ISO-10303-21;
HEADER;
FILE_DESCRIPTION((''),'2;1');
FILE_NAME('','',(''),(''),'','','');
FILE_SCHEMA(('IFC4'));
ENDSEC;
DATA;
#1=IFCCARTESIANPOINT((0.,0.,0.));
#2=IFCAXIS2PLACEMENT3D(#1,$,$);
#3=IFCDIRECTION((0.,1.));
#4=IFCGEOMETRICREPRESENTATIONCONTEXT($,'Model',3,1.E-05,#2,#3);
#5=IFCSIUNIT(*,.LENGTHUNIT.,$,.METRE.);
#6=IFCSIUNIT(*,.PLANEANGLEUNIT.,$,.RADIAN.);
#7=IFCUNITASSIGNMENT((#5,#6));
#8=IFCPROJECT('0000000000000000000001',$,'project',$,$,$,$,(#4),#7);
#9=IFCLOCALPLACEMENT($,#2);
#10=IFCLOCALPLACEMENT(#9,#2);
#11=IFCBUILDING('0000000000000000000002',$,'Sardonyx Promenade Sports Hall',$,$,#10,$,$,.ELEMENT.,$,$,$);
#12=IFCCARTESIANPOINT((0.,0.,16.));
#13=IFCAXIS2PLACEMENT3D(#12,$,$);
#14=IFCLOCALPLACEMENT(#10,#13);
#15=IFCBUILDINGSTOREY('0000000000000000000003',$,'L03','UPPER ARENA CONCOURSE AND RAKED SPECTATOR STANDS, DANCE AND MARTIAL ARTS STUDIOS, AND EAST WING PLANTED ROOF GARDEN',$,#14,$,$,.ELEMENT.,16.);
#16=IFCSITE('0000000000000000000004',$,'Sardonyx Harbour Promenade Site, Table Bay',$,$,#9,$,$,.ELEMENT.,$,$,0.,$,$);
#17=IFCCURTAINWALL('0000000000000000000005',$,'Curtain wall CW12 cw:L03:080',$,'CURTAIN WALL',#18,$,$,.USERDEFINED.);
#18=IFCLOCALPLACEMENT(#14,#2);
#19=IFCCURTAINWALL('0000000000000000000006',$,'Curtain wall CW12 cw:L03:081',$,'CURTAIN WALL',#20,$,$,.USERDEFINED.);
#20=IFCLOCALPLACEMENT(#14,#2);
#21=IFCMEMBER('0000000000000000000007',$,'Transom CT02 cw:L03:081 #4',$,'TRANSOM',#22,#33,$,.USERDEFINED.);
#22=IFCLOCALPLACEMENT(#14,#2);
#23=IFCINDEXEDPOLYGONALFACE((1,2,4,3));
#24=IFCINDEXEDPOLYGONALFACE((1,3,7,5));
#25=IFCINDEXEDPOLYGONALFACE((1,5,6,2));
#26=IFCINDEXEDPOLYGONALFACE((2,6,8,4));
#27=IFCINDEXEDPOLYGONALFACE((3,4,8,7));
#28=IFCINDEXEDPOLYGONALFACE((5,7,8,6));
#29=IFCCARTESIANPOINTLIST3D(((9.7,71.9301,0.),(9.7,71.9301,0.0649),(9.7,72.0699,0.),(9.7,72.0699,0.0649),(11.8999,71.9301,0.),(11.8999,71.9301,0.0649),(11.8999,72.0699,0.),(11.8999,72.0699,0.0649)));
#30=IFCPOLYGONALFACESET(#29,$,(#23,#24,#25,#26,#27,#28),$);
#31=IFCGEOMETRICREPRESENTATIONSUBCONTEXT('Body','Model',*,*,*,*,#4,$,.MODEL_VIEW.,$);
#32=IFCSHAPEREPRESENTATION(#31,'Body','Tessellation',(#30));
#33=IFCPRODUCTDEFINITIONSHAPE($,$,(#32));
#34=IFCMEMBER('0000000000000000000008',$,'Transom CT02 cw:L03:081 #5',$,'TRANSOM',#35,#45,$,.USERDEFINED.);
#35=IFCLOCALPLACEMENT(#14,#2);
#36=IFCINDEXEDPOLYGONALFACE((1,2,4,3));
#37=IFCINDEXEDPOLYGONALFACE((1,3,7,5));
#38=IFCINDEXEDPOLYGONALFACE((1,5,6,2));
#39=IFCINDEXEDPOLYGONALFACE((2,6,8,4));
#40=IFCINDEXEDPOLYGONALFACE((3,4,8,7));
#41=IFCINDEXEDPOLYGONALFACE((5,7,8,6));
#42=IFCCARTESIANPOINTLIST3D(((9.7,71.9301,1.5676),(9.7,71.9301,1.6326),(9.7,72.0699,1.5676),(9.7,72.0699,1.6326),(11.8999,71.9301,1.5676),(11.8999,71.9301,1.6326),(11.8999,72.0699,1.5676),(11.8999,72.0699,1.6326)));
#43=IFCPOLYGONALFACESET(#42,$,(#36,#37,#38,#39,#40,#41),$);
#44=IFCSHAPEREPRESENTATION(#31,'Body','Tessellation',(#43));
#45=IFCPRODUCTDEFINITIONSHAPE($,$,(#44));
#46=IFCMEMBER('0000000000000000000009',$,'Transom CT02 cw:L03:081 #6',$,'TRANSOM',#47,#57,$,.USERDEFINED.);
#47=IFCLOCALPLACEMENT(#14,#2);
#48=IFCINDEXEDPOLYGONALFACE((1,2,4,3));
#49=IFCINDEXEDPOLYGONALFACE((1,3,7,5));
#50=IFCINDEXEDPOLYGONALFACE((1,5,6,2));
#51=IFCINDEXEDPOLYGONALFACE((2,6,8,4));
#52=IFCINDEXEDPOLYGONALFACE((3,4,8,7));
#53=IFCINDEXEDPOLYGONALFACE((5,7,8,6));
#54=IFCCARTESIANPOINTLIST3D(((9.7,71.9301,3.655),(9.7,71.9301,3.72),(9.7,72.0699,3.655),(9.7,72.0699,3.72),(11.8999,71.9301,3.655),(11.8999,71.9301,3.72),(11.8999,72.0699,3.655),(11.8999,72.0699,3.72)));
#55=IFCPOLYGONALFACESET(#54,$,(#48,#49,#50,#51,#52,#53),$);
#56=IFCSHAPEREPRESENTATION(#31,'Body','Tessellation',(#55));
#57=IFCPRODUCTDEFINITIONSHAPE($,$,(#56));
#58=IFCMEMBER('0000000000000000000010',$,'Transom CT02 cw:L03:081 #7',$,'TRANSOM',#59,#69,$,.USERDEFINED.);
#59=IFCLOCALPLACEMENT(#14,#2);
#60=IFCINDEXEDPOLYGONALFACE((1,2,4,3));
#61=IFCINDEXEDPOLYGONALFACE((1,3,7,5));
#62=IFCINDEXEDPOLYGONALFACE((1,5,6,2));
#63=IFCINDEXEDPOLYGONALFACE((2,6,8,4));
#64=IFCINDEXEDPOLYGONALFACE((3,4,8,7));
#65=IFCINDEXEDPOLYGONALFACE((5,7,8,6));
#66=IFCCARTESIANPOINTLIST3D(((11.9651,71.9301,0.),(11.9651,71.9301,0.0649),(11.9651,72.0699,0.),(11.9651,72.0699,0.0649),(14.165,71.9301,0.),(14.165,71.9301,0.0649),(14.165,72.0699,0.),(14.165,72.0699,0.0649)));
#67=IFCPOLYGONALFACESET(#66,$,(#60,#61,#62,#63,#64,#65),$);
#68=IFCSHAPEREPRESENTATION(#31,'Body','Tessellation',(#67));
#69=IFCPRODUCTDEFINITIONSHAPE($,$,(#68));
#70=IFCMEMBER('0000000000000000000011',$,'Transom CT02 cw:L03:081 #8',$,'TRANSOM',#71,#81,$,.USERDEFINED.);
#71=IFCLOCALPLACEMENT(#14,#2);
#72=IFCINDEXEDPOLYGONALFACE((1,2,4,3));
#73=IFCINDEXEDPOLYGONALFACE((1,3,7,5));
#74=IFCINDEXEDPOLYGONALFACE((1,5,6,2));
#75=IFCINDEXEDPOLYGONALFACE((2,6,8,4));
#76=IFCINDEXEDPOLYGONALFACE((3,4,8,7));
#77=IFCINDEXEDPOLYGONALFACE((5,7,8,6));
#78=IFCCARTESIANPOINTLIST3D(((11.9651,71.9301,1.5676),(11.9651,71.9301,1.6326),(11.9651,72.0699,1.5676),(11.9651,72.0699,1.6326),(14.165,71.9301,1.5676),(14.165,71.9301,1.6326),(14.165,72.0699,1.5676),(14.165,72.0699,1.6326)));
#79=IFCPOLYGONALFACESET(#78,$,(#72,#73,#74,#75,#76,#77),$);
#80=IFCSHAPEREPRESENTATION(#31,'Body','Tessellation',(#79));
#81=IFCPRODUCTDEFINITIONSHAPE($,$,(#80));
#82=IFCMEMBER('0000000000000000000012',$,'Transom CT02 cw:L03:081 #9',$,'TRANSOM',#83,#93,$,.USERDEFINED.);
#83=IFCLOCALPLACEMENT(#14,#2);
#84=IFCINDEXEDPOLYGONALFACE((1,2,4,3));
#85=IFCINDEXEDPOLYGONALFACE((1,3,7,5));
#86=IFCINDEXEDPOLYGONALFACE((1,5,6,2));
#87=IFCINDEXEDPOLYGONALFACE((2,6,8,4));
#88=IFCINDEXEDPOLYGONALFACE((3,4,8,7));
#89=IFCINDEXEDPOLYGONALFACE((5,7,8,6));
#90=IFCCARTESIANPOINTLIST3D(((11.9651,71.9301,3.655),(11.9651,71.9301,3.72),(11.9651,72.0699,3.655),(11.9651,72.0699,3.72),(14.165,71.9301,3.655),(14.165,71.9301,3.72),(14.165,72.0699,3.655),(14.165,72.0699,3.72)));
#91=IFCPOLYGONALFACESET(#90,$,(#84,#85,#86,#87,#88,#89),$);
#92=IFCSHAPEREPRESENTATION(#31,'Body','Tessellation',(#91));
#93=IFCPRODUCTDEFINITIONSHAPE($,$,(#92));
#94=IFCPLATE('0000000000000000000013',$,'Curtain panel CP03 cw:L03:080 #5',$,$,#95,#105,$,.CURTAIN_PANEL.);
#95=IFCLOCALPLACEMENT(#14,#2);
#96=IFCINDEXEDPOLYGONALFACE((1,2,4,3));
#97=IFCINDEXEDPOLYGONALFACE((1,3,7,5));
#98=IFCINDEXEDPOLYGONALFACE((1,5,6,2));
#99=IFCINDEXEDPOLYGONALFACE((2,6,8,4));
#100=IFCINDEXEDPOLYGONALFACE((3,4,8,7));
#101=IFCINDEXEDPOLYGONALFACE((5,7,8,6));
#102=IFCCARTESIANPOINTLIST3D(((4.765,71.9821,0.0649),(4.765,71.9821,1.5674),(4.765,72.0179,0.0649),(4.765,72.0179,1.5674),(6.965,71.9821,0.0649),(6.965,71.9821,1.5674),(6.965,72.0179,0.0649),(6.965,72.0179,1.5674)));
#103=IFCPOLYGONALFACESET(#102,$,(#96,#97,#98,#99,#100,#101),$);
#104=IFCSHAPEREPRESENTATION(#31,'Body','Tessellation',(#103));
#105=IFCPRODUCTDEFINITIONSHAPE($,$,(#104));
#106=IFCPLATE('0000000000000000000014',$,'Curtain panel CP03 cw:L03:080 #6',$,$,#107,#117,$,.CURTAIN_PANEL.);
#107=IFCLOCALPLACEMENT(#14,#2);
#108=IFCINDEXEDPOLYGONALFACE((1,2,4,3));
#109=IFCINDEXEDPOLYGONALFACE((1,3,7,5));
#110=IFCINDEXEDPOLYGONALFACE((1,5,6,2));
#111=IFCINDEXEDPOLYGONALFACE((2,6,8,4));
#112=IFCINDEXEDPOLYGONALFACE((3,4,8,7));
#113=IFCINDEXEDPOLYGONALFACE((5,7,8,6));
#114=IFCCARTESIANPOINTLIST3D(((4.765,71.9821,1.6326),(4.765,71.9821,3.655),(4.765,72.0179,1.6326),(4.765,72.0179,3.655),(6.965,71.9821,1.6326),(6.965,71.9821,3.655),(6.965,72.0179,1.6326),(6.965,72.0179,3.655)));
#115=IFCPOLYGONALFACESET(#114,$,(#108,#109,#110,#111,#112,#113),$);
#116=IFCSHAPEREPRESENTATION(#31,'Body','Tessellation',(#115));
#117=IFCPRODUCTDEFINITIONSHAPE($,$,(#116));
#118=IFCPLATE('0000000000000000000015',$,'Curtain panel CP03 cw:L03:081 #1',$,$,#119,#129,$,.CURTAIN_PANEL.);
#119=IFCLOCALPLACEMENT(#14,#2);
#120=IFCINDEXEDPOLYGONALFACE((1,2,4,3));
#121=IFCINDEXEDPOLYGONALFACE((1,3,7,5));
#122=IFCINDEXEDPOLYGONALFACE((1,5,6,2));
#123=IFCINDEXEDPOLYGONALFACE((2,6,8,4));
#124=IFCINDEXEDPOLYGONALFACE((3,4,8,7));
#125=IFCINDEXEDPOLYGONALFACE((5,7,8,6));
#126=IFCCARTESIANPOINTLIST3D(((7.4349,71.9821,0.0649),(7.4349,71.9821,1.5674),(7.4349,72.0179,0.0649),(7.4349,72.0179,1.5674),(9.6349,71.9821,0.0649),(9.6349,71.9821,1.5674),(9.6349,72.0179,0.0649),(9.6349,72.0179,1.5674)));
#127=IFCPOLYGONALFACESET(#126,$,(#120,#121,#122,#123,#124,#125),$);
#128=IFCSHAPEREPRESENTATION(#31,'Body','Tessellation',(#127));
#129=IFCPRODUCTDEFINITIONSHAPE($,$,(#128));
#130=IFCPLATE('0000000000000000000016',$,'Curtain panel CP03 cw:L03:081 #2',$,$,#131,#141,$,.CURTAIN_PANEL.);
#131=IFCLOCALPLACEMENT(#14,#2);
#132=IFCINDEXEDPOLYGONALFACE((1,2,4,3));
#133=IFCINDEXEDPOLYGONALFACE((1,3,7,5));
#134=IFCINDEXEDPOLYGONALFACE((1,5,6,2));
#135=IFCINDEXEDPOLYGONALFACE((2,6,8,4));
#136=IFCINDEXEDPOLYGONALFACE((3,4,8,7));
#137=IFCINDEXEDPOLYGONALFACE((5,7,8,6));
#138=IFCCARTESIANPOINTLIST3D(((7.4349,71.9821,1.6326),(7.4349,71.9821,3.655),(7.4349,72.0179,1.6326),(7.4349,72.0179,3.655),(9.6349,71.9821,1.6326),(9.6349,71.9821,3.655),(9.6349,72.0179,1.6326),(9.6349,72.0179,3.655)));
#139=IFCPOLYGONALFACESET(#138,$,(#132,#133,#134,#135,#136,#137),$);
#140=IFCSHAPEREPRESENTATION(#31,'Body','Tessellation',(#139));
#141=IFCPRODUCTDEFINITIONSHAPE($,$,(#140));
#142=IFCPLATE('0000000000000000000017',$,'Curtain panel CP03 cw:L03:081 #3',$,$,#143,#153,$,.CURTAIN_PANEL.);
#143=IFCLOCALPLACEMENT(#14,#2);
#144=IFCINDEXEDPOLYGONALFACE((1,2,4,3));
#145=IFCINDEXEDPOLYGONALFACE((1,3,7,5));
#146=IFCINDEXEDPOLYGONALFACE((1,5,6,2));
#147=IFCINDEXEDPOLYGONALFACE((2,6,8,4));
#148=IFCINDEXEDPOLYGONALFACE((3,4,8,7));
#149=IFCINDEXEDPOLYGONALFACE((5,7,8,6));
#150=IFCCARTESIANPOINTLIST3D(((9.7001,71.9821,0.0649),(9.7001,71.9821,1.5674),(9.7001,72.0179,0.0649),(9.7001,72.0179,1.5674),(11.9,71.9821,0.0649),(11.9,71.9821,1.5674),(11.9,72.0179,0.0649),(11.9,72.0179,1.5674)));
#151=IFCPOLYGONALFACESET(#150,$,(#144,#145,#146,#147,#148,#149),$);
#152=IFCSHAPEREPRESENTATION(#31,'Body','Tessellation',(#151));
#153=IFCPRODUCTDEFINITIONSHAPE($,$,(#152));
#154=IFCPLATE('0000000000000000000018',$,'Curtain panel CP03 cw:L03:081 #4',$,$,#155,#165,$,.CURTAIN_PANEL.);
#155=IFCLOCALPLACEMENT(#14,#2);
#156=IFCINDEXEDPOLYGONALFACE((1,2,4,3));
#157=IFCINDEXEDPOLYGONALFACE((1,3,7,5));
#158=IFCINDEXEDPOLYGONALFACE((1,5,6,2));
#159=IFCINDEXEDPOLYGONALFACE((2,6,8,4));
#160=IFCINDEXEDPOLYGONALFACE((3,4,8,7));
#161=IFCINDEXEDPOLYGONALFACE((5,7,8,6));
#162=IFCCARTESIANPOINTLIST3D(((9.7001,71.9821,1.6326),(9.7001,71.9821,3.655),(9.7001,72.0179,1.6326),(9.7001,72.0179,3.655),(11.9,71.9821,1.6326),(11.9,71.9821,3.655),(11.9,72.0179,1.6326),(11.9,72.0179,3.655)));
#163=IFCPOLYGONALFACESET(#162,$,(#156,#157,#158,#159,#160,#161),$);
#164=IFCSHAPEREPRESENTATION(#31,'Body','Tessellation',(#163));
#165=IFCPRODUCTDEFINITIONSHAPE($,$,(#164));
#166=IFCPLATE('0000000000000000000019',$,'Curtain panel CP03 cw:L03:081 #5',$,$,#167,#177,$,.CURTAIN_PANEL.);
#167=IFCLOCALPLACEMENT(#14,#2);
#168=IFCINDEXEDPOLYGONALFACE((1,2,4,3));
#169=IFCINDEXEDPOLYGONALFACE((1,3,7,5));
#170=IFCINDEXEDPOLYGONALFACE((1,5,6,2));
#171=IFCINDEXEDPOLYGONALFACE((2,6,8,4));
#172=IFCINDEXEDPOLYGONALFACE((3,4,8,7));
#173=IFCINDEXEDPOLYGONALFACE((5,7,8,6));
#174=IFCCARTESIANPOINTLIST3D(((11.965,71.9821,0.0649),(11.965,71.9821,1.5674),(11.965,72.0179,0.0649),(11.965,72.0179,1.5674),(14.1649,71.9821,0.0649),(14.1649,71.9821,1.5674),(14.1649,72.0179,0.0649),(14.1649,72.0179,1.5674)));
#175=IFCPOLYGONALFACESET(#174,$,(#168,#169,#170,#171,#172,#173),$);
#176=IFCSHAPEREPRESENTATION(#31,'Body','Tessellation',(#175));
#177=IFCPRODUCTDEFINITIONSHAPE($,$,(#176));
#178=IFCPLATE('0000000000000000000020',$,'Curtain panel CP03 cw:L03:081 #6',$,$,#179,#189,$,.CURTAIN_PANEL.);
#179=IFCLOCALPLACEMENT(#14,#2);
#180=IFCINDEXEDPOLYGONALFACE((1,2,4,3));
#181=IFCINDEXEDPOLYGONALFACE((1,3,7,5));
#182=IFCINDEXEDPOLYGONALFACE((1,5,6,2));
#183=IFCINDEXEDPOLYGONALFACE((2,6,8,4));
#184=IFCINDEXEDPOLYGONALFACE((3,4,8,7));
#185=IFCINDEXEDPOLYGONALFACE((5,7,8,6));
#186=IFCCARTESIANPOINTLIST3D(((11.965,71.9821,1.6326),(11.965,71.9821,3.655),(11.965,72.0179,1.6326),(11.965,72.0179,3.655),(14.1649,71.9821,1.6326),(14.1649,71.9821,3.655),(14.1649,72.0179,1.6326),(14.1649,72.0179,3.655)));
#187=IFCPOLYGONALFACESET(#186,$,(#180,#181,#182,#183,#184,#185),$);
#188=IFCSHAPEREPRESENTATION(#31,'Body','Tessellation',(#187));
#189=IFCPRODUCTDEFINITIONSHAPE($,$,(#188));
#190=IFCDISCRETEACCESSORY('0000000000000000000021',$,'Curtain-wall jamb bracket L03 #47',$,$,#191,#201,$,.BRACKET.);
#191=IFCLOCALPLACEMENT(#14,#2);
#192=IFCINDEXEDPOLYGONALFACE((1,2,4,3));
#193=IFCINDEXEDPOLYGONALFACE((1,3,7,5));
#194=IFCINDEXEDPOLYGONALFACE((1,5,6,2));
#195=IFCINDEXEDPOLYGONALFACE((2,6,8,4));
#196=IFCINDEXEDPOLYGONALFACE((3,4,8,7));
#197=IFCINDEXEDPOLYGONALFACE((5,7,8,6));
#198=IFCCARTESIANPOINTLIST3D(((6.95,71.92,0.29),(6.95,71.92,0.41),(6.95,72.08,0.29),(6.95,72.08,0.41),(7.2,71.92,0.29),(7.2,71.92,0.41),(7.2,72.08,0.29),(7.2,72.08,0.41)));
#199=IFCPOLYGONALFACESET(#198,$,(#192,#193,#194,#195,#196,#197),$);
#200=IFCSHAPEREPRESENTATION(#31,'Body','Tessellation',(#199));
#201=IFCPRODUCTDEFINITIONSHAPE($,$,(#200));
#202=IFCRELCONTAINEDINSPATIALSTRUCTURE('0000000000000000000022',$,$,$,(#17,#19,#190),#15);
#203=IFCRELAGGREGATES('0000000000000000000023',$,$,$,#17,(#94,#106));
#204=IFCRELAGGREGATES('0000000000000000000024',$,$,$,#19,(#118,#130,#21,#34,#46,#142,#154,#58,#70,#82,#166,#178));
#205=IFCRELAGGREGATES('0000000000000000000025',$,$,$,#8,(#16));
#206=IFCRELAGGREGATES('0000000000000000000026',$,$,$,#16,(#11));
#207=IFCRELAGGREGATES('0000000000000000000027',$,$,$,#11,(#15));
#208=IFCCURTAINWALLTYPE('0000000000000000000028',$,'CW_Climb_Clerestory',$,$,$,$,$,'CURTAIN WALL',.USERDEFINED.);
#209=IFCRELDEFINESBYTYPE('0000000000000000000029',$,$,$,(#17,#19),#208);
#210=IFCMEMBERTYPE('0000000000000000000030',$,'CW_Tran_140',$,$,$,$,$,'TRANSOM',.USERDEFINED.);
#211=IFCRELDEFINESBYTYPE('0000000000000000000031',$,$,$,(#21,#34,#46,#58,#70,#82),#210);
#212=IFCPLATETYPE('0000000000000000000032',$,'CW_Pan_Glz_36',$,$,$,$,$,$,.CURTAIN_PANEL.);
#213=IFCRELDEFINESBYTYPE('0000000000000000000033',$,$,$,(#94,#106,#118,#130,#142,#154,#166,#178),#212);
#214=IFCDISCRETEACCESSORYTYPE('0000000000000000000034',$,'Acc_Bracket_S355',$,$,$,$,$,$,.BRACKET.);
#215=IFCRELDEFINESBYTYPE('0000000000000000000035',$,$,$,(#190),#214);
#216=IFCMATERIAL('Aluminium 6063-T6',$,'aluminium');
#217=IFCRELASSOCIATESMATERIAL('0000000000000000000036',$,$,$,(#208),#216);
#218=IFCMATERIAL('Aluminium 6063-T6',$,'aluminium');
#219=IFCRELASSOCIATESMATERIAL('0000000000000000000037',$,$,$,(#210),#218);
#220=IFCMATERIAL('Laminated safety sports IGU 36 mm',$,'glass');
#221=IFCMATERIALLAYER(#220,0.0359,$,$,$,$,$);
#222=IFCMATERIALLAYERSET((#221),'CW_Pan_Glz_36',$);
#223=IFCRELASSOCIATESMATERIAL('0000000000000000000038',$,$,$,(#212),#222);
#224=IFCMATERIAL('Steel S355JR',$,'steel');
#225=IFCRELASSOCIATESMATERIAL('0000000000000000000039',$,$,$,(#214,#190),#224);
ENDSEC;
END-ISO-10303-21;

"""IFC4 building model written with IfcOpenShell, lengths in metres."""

from ifc_helpers import new_model, si_unit, direction, frame, origin, origin_2d, place, context, subcontext, project, spatial, rectangle, extrude, material, layer, layer_set, material_profile, profile_set, type_object, element, aggregate, save


model = new_model("IFC4")

# Units and contexts
model_context = context("Model", 3, precision=1e-05, world=origin(), true_north=direction((0.0, 1.0)))
body_context = subcontext(model_context, "Body", "Model", "MODEL_VIEW")
ifc_project = project(units=[si_unit("LENGTHUNIT", "METRE"), si_unit("PLANEANGLEUNIT", "RADIAN")], contexts=[model_context])

# Site, building, storey
site_placement = place(None, origin())
site = spatial("IfcSite", under=ifc_project, at=site_placement, Name="Sardonyx Harbour Promenade Site, Table Bay", CompositionType="ELEMENT", RefElevation=0.0)
building_placement = place(site_placement, origin())
building = spatial("IfcBuilding", under=site, at=building_placement, Name="Sardonyx Promenade Sports Hall", CompositionType="ELEMENT")
storey_placement = place(building_placement, frame((0.0, 0.0, 16.0)))
storey = spatial("IfcBuildingStorey", under=building, at=storey_placement, Name="L03", Description="UPPER ARENA CONCOURSE AND RAKED SPECTATOR STANDS, DANCE AND MARTIAL ARTS STUDIOS, AND EAST WING PLANTED ROOF GARDEN", CompositionType="ELEMENT", Elevation=16.0)

# Curtain wall
ifc_material_1 = material(Name="Aluminium 6063-T6", Category="aluminium")
curtain_wall_type = type_object("IfcCurtainWallType", Name="CW_Climb_Clerestory", ElementType="CURTAIN WALL", PredefinedType="USERDEFINED", material=ifc_material_1)
curtain_wall_1_placement = place(storey_placement, origin())
curtain_wall_1 = element("IfcCurtainWall", 1, at=curtain_wall_1_placement, inside=storey, type_object=curtain_wall_type, Name="Curtain wall CW12 cw:L03:080", ObjectType="CURTAIN WALL", PredefinedType="USERDEFINED")

# Curtain wall
curtain_wall_2_placement = place(storey_placement, origin())
curtain_wall_2 = element("IfcCurtainWall", 2, at=curtain_wall_2_placement, inside=storey, type_object=curtain_wall_type, Name="Curtain wall CW12 cw:L03:081", ObjectType="CURTAIN WALL", PredefinedType="USERDEFINED")

# Members
ifc_material_2 = material(Name="Aluminium 6063-T6", Category="aluminium")
ifc_material_profile_1 = material_profile(ifc_material_2, rectangle(XDim=0.0649, YDim=0.1399, at=origin_2d()))
ifc_profile_set_1 = profile_set([ifc_material_profile_1], Name="Aluminium 6063-T6")
member_type_1 = type_object("IfcMemberType", Name="CW_Tran_140", ElementType="TRANSOM", PredefinedType="USERDEFINED", material=ifc_profile_set_1)
member_1_placement = place(storey_placement, frame((9.7, 72.0, 0.0325), z_axis=(1.0, 0.0, 0.0), x_axis=(0.0, 0.0, 1.0)))
member_1 = element("IfcMember", 3, at=member_1_placement, type_object=member_type_1, Name="Transom CT02 cw:L03:081 #4", ObjectType="TRANSOM", PredefinedType="USERDEFINED", context=body_context, shape_type="SweptSolid", body=[
    extrude(rectangle(XDim=0.0649, YDim=0.1399, at=origin_2d()), origin(), (0.0, 0.0, 1.0), 2.2),
])
member_2_placement = place(storey_placement, frame((9.7, 72.0, 1.6001), z_axis=(1.0, 0.0, 0.0), x_axis=(0.0, 0.0, 1.0)))
member_2 = element("IfcMember", 4, at=member_2_placement, type_object=member_type_1, Name="Transom CT02 cw:L03:081 #5", ObjectType="TRANSOM", PredefinedType="USERDEFINED", context=body_context, shape_type="SweptSolid", body=[
    extrude(rectangle(XDim=0.0649, YDim=0.1399, at=origin_2d()), origin(), (0.0, 0.0, 1.0), 2.2),
])
member_3_placement = place(storey_placement, frame((9.7, 72.0, 3.6875), z_axis=(1.0, 0.0, 0.0), x_axis=(0.0, 0.0, 1.0)))
member_3 = element("IfcMember", 5, at=member_3_placement, type_object=member_type_1, Name="Transom CT02 cw:L03:081 #6", ObjectType="TRANSOM", PredefinedType="USERDEFINED", context=body_context, shape_type="SweptSolid", body=[
    extrude(rectangle(XDim=0.0649, YDim=0.1399, at=origin_2d()), origin(), (0.0, 0.0, 1.0), 2.2),
])
member_4_placement = place(storey_placement, frame((11.9651, 72.0, 0.0325), z_axis=(1.0, 0.0, 0.0), x_axis=(0.0, 0.0, 1.0)))
member_4 = element("IfcMember", 6, at=member_4_placement, type_object=member_type_1, Name="Transom CT02 cw:L03:081 #7", ObjectType="TRANSOM", PredefinedType="USERDEFINED", context=body_context, shape_type="SweptSolid", body=[
    extrude(rectangle(XDim=0.0649, YDim=0.1399, at=origin_2d()), origin(), (0.0, 0.0, 1.0), 2.2),
])
member_5_placement = place(storey_placement, frame((11.9651, 72.0, 1.6001), z_axis=(1.0, 0.0, 0.0), x_axis=(0.0, 0.0, 1.0)))
member_5 = element("IfcMember", 7, at=member_5_placement, type_object=member_type_1, Name="Transom CT02 cw:L03:081 #8", ObjectType="TRANSOM", PredefinedType="USERDEFINED", context=body_context, shape_type="SweptSolid", body=[
    extrude(rectangle(XDim=0.0649, YDim=0.1399, at=origin_2d()), origin(), (0.0, 0.0, 1.0), 2.2),
])
member_6_placement = place(storey_placement, frame((11.9651, 72.0, 3.6875), z_axis=(1.0, 0.0, 0.0), x_axis=(0.0, 0.0, 1.0)))
member_6 = element("IfcMember", 8, at=member_6_placement, type_object=member_type_1, Name="Transom CT02 cw:L03:081 #9", ObjectType="TRANSOM", PredefinedType="USERDEFINED", context=body_context, shape_type="SweptSolid", body=[
    extrude(rectangle(XDim=0.0649, YDim=0.1399, at=origin_2d()), origin(), (0.0, 0.0, 1.0), 2.2),
])

# Plates
ifc_material_3 = material(Name="Laminated safety sports IGU 36 mm", Category="glass")
ifc_layer = layer(ifc_material_3, 0.0359)
ifc_layer_set = layer_set([ifc_layer], Name="CW_Pan_Glz_36")
plate_type = type_object("IfcPlateType", Name="CW_Pan_Glz_36", PredefinedType="CURTAIN_PANEL", material=ifc_layer_set)
plate_1_placement = place(storey_placement, frame((5.865, 72.0, 0.0649), z_axis=(0.0, 0.0, 1.0), x_axis=(1.0, 0.0, 0.0)))
plate_1 = element("IfcPlate", 9, at=plate_1_placement, type_object=plate_type, Name="Curtain panel CP03 cw:L03:080 #5", PredefinedType="CURTAIN_PANEL", context=body_context, shape_type="SweptSolid", body=[
    extrude(rectangle(XDim=2.2, YDim=0.0359, at=origin_2d()), origin(), (0.0, 0.0, 1.0), 1.5024),
])
plate_2_placement = place(storey_placement, frame((5.865, 72.0, 1.6326), z_axis=(0.0, 0.0, 1.0), x_axis=(1.0, 0.0, 0.0)))
plate_2 = element("IfcPlate", 10, at=plate_2_placement, type_object=plate_type, Name="Curtain panel CP03 cw:L03:080 #6", PredefinedType="CURTAIN_PANEL", context=body_context, shape_type="SweptSolid", body=[
    extrude(rectangle(XDim=2.2, YDim=0.0359, at=origin_2d()), origin(), (0.0, 0.0, 1.0), 2.0225),
])
aggregate(curtain_wall_1, [plate_1, plate_2])
plate_3_placement = place(storey_placement, frame((8.5349, 72.0, 0.0649), z_axis=(0.0, 0.0, 1.0), x_axis=(1.0, 0.0, 0.0)))
plate_3 = element("IfcPlate", 11, at=plate_3_placement, type_object=plate_type, Name="Curtain panel CP03 cw:L03:081 #1", PredefinedType="CURTAIN_PANEL", context=body_context, shape_type="SweptSolid", body=[
    extrude(rectangle(XDim=2.2, YDim=0.0359, at=origin_2d()), origin(), (0.0, 0.0, 1.0), 1.5024),
])
plate_4_placement = place(storey_placement, frame((8.5349, 72.0, 1.6326), z_axis=(0.0, 0.0, 1.0), x_axis=(1.0, 0.0, 0.0)))
plate_4 = element("IfcPlate", 12, at=plate_4_placement, type_object=plate_type, Name="Curtain panel CP03 cw:L03:081 #2", PredefinedType="CURTAIN_PANEL", context=body_context, shape_type="SweptSolid", body=[
    extrude(rectangle(XDim=2.2, YDim=0.0359, at=origin_2d()), origin(), (0.0, 0.0, 1.0), 2.0225),
])
plate_5_placement = place(storey_placement, frame((10.8, 72.0, 0.0649), z_axis=(0.0, 0.0, 1.0), x_axis=(1.0, 0.0, 0.0)))
plate_5 = element("IfcPlate", 13, at=plate_5_placement, type_object=plate_type, Name="Curtain panel CP03 cw:L03:081 #3", PredefinedType="CURTAIN_PANEL", context=body_context, shape_type="SweptSolid", body=[
    extrude(rectangle(XDim=2.2, YDim=0.0359, at=origin_2d()), origin(), (0.0, 0.0, 1.0), 1.5024),
])
plate_6_placement = place(storey_placement, frame((10.8, 72.0, 1.6326), z_axis=(0.0, 0.0, 1.0), x_axis=(1.0, 0.0, 0.0)))
plate_6 = element("IfcPlate", 14, at=plate_6_placement, type_object=plate_type, Name="Curtain panel CP03 cw:L03:081 #4", PredefinedType="CURTAIN_PANEL", context=body_context, shape_type="SweptSolid", body=[
    extrude(rectangle(XDim=2.2, YDim=0.0359, at=origin_2d()), origin(), (0.0, 0.0, 1.0), 2.0225),
])
plate_7_placement = place(storey_placement, frame((13.0649, 72.0, 0.0649), z_axis=(0.0, 0.0, 1.0), x_axis=(1.0, 0.0, 0.0)))
plate_7 = element("IfcPlate", 15, at=plate_7_placement, type_object=plate_type, Name="Curtain panel CP03 cw:L03:081 #5", PredefinedType="CURTAIN_PANEL", context=body_context, shape_type="SweptSolid", body=[
    extrude(rectangle(XDim=2.2, YDim=0.0359, at=origin_2d()), origin(), (0.0, 0.0, 1.0), 1.5024),
])
plate_8_placement = place(storey_placement, frame((13.0649, 72.0, 1.6326), z_axis=(0.0, 0.0, 1.0), x_axis=(1.0, 0.0, 0.0)))
plate_8 = element("IfcPlate", 16, at=plate_8_placement, type_object=plate_type, Name="Curtain panel CP03 cw:L03:081 #6", PredefinedType="CURTAIN_PANEL", context=body_context, shape_type="SweptSolid", body=[
    extrude(rectangle(XDim=2.2, YDim=0.0359, at=origin_2d()), origin(), (0.0, 0.0, 1.0), 2.0225),
])
aggregate(curtain_wall_2, [plate_3, plate_4, member_1, member_2, member_3, plate_5, plate_6, member_4, member_5, member_6, plate_7, plate_8])

# Discrete accessory
ifc_material_4 = material(Name="Steel S355JR", Category="steel")
discrete_accessory_type = type_object("IfcDiscreteAccessoryType", Name="Acc_Bracket_S355", PredefinedType="BRACKET", material=ifc_material_4)
for number, where, z_axis, x_axis, name in (
    (17, (7.075, 72.0, 0.29), (0.0, 0.0, 1.0), (1.0, 0.0, 0.0), "Curtain-wall jamb bracket L03 #47"),
):
    element("IfcDiscreteAccessory", number, at=place(storey_placement, frame(where, z_axis=z_axis, x_axis=x_axis)), inside=storey, type_object=discrete_accessory_type, material=ifc_material_4, Name=name, PredefinedType="BRACKET", context=body_context, shape_type="SweptSolid", body=[
        extrude(rectangle(XDim=0.25, YDim=0.16), origin(), (0.0, 0.0, 1.0), 0.12),
    ])

save(model, "model.ifc")
